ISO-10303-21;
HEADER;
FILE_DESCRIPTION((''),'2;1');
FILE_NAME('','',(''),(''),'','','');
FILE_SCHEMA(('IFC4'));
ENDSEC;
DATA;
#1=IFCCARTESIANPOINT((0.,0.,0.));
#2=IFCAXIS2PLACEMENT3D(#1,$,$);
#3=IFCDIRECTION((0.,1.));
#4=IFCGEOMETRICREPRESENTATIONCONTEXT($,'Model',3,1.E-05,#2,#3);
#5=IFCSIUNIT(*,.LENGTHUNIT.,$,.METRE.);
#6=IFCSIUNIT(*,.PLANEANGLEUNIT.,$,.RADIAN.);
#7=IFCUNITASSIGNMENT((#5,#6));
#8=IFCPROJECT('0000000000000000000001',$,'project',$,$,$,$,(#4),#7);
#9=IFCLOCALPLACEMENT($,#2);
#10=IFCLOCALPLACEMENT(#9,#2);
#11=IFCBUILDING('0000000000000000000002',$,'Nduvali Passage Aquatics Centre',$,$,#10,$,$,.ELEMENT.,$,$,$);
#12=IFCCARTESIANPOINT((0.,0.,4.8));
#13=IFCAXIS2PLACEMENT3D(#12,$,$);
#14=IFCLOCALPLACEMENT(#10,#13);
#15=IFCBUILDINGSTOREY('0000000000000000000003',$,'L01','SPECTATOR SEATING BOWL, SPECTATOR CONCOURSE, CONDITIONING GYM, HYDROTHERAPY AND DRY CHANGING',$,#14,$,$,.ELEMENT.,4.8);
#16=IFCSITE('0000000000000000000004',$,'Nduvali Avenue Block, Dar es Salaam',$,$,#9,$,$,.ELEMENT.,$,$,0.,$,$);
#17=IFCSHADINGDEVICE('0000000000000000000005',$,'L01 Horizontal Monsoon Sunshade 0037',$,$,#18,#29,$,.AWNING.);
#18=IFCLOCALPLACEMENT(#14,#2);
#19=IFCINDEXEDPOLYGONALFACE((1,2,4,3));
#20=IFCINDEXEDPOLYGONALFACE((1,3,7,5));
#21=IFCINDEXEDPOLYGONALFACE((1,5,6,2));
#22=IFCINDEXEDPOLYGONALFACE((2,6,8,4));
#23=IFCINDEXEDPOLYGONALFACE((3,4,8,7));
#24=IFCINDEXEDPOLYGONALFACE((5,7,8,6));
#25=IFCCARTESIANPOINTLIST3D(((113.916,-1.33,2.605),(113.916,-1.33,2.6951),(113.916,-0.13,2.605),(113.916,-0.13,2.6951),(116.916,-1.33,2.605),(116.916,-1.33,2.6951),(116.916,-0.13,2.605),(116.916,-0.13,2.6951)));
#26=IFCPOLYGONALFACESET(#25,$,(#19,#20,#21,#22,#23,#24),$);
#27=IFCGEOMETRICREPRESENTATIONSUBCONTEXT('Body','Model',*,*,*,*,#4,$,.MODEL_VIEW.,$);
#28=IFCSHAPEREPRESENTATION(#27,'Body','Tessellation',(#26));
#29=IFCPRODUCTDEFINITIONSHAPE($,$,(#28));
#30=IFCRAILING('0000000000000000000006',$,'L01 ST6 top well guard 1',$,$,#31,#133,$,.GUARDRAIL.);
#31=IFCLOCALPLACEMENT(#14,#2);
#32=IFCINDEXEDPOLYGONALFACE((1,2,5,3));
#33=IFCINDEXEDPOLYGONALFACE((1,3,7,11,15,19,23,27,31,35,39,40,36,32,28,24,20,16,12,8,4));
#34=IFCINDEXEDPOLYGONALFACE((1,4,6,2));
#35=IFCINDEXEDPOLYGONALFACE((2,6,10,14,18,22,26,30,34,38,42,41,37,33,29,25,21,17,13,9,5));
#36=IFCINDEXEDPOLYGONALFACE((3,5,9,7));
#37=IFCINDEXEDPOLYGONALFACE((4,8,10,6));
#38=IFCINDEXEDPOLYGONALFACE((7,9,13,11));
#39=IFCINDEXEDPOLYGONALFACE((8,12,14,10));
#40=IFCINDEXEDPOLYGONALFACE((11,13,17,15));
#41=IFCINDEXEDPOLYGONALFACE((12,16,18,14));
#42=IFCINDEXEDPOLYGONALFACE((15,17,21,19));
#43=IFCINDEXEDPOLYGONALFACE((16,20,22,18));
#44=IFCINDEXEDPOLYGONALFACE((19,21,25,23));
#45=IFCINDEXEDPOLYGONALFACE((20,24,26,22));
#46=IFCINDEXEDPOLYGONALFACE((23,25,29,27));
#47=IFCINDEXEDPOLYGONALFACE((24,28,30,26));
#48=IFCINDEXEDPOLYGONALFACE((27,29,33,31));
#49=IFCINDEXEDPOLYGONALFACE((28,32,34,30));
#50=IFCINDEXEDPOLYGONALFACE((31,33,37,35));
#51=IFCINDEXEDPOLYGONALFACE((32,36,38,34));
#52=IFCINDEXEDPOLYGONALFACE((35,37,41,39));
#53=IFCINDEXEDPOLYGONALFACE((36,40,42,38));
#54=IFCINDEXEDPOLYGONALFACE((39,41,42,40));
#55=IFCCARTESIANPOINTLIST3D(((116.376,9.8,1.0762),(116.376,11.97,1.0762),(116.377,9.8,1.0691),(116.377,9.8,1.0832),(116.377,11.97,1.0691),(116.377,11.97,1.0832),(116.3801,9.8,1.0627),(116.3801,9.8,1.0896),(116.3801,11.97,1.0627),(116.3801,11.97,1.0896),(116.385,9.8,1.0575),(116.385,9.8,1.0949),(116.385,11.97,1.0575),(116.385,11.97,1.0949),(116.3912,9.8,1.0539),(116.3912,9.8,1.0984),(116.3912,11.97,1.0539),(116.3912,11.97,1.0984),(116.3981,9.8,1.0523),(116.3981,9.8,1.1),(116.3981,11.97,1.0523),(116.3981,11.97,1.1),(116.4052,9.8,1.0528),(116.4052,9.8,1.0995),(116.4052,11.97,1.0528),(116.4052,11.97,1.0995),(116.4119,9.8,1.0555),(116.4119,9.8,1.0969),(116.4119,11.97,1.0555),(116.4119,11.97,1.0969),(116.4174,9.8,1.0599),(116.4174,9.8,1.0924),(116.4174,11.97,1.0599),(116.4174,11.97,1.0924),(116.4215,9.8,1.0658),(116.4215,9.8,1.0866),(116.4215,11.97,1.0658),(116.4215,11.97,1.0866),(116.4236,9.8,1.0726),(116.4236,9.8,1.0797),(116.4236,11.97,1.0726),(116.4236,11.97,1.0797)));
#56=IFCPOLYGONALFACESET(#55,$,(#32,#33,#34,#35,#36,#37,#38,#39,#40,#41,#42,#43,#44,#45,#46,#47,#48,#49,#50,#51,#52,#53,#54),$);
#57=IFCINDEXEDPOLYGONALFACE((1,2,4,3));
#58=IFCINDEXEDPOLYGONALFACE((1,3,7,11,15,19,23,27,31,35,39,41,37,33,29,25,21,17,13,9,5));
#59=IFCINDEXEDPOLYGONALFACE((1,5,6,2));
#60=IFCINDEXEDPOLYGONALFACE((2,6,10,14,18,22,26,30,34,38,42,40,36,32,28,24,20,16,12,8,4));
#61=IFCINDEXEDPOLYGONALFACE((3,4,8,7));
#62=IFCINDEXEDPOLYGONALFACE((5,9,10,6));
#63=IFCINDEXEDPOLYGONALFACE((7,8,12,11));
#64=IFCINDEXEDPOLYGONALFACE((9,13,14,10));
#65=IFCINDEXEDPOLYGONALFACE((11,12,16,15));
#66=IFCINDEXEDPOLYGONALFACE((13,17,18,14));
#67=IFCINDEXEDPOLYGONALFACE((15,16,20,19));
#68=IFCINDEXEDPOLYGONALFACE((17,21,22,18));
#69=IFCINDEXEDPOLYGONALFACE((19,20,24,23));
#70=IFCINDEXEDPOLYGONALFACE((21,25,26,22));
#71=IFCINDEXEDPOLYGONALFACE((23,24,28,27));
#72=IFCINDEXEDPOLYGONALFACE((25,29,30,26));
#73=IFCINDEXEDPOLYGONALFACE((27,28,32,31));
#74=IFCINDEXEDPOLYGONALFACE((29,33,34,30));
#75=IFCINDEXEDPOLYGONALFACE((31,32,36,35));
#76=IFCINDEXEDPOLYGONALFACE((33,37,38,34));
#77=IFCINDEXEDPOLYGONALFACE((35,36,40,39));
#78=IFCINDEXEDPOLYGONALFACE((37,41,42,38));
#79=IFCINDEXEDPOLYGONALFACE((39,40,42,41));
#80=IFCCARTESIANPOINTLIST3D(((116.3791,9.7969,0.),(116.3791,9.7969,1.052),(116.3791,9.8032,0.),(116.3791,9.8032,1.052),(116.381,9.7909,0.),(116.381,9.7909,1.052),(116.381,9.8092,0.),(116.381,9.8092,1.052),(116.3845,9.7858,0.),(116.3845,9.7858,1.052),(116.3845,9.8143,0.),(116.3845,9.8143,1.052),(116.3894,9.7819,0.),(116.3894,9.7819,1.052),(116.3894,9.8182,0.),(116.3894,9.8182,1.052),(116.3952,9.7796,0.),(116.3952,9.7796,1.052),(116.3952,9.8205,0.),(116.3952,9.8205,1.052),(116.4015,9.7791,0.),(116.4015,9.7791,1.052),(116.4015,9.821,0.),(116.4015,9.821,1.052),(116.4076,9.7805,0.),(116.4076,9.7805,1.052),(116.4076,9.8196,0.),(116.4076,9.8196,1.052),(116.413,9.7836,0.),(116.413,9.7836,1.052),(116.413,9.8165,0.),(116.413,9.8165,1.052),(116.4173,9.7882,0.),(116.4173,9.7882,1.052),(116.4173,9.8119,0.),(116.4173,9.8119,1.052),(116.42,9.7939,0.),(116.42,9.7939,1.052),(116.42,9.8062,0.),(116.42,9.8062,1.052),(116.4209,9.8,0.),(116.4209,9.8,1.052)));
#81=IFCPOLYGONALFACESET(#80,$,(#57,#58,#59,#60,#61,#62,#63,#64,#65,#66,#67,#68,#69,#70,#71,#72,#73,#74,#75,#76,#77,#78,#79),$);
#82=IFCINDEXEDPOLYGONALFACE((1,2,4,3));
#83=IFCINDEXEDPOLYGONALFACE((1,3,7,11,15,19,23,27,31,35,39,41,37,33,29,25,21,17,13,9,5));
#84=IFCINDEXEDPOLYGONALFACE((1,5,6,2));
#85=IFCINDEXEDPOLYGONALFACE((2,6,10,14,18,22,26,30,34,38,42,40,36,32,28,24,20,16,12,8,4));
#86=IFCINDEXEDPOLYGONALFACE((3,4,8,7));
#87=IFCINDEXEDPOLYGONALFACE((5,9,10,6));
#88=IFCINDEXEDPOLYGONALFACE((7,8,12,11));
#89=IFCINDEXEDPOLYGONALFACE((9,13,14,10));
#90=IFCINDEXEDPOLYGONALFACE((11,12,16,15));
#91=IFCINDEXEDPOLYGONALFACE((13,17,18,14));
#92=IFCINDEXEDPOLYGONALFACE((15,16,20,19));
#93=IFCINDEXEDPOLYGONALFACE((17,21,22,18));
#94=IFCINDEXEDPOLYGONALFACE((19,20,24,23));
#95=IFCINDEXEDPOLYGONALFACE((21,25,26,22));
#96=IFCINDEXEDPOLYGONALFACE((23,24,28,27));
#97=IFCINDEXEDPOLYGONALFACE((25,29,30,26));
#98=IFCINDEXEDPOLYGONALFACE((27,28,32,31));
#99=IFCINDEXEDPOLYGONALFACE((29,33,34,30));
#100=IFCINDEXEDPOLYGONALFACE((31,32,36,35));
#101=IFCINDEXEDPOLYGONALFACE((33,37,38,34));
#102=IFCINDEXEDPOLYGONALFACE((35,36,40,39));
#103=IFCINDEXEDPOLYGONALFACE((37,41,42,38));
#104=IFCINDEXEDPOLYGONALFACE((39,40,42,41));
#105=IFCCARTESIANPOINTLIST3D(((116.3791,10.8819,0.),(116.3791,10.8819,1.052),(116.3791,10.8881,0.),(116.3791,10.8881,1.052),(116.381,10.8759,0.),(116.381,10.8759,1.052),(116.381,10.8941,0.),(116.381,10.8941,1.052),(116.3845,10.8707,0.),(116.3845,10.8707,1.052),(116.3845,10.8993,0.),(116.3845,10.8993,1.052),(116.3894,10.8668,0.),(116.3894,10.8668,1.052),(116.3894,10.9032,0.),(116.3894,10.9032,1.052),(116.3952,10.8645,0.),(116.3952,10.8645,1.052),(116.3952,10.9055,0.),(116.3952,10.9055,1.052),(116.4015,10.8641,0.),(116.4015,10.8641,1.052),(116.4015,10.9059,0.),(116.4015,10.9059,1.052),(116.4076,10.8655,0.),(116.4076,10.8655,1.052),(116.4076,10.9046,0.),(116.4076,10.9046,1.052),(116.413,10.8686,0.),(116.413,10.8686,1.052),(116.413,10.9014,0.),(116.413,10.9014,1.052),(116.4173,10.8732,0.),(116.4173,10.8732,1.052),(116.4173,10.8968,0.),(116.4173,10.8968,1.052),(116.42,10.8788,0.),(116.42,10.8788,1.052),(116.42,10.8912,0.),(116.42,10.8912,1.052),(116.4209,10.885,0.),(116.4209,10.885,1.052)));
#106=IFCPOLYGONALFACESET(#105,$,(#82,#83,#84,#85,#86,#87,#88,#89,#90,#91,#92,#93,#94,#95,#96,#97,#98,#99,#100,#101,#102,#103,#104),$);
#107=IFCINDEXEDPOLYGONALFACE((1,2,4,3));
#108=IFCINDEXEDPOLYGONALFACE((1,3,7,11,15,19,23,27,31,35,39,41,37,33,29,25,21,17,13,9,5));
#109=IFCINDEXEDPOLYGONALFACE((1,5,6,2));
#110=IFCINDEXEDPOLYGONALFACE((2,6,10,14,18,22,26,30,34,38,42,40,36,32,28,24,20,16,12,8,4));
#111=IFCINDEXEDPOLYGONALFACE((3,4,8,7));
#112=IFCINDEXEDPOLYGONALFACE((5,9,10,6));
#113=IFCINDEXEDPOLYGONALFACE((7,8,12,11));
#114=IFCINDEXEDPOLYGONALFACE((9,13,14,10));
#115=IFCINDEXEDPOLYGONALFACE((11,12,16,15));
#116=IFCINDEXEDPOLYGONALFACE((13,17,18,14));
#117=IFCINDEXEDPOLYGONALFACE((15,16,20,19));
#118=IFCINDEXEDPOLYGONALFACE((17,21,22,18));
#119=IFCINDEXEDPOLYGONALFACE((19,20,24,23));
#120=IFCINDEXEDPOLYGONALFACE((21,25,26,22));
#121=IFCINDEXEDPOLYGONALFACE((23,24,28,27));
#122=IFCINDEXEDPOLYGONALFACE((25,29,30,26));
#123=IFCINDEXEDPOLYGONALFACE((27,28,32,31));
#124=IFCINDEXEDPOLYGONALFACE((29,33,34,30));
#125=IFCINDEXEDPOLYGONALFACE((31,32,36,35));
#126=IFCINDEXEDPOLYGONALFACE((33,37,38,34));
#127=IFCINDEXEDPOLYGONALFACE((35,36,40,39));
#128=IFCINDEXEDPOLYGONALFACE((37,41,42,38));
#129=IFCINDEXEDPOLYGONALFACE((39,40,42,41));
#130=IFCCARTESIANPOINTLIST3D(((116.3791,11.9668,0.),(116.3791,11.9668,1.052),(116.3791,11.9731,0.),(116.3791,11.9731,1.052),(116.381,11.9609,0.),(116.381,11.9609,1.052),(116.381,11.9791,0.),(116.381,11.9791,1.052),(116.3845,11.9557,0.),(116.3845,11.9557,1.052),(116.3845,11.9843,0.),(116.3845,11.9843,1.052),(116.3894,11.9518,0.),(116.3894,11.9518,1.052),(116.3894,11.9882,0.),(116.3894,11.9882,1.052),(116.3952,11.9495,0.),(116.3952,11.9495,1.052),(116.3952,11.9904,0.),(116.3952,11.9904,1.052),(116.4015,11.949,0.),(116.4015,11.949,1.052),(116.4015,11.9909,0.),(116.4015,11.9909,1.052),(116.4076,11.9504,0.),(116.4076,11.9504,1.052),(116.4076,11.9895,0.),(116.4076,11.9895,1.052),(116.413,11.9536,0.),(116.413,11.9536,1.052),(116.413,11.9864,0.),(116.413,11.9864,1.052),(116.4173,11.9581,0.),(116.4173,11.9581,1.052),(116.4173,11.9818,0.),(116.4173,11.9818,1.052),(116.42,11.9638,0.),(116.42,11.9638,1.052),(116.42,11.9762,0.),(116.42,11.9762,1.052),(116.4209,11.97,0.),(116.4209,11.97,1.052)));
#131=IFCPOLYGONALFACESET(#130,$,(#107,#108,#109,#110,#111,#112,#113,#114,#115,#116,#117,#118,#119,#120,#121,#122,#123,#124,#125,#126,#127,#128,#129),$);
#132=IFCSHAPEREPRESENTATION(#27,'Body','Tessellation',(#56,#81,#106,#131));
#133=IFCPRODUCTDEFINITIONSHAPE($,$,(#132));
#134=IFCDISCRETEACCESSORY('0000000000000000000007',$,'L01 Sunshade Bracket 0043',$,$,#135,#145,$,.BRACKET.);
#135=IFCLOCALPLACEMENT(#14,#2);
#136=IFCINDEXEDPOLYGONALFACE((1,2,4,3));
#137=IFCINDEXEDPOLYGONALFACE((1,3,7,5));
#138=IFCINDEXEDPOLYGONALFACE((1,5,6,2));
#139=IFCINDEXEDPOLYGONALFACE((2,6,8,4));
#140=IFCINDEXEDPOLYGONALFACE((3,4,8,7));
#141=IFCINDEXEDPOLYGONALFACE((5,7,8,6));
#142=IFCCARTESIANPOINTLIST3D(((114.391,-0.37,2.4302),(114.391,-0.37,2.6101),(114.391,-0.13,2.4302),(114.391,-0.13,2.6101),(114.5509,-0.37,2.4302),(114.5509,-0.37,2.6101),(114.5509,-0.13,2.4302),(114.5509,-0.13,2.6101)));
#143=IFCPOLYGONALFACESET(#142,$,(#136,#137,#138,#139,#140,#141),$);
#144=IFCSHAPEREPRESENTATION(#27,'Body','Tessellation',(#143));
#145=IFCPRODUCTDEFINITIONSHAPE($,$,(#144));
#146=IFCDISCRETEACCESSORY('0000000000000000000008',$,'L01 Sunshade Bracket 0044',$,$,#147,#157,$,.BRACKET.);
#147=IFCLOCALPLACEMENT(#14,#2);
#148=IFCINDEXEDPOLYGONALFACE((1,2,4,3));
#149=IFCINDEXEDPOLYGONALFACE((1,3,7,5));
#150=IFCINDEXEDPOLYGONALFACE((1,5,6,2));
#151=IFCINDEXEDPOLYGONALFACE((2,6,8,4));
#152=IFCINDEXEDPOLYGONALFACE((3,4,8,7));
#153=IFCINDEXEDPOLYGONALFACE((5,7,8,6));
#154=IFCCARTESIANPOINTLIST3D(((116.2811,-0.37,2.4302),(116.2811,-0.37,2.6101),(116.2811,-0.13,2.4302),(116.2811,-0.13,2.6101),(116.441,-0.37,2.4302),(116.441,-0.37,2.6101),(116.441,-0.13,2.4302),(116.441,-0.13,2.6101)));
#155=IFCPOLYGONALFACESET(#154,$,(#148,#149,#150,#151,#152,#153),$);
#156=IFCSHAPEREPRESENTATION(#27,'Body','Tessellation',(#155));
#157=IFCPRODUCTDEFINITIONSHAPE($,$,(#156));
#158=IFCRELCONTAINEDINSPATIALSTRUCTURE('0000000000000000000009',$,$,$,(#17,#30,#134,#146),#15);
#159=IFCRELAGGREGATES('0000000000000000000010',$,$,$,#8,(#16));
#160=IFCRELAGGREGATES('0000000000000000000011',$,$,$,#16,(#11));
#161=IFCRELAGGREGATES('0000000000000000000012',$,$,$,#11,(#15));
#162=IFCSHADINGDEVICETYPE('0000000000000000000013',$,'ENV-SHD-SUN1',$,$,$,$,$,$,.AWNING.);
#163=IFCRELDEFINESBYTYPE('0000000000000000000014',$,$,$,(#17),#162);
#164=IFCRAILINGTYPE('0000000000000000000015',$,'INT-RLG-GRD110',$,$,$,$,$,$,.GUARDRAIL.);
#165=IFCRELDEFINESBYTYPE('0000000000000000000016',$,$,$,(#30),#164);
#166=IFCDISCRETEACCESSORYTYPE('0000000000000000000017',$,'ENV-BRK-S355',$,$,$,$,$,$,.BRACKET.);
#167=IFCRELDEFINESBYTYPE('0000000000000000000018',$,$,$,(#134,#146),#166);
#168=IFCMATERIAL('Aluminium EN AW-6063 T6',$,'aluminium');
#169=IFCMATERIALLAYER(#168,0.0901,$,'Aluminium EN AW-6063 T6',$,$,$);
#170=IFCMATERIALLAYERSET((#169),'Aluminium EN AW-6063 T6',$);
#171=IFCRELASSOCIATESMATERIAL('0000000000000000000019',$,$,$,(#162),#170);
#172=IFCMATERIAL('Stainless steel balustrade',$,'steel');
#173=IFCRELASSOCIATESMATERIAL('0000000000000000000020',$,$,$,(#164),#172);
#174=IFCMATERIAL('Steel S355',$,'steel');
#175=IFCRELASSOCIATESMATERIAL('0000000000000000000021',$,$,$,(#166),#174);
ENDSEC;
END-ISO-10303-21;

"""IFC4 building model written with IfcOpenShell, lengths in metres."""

from ifc_helpers import new_model, si_unit, direction, frame, origin, origin_2d, place, context, subcontext, project, spatial, rectangle, circle, extrude, material, layer, layer_set, type_object, element, save


model = new_model("IFC4")

# Units and contexts
model_context = context("Model", 3, precision=1e-05, world=origin(), true_north=direction((0.0, 1.0)))
body_context = subcontext(model_context, "Body", "Model", "MODEL_VIEW")
ifc_project = project(units=[si_unit("LENGTHUNIT", "METRE"), si_unit("PLANEANGLEUNIT", "RADIAN")], contexts=[model_context])

# Site, building, storey
site_placement = place(None, origin())
site = spatial("IfcSite", under=ifc_project, at=site_placement, Name="Nduvali Avenue Block, Dar es Salaam", CompositionType="ELEMENT", RefElevation=0.0)
building_placement = place(site_placement, origin())
building = spatial("IfcBuilding", under=site, at=building_placement, Name="Nduvali Passage Aquatics Centre", CompositionType="ELEMENT")
storey_placement = place(building_placement, frame((0.0, 0.0, 4.8)))
storey = spatial("IfcBuildingStorey", under=building, at=storey_placement, Name="L01", Description="SPECTATOR SEATING BOWL, SPECTATOR CONCOURSE, CONDITIONING GYM, HYDROTHERAPY AND DRY CHANGING", CompositionType="ELEMENT", Elevation=4.8)

# Shared definitions
ifc_material_1 = material(Name="Steel S355", Category="steel")

# Shading device
ifc_material_2 = material(Name="Aluminium EN AW-6063 T6", Category="aluminium")
ifc_layer_1 = layer(ifc_material_2, 0.0901, Name="Aluminium EN AW-6063 T6")
ifc_layer_set_1 = layer_set([ifc_layer_1], Name="Aluminium EN AW-6063 T6")
shading_device_type_1 = type_object("IfcShadingDeviceType", Name="ENV-SHD-SUN1", PredefinedType="AWNING", material=ifc_layer_set_1)
shading_device_1_placement = place(storey_placement, frame((115.416, -0.73, 2.605), z_axis=(0.0, 0.0, 1.0), x_axis=(1.0, 0.0, 0.0)))
element("IfcShadingDevice", 1, at=shading_device_1_placement, inside=storey, type_object=shading_device_type_1, Name="L01 Horizontal Monsoon Sunshade 0037", PredefinedType="AWNING", context=body_context, shape_type="SweptSolid", body=[
    extrude(rectangle(XDim=3.0, YDim=1.2, at=origin_2d()), origin(), (0.0, 0.0, 1.0), 0.0901),
])

# Railing
ifc_material_3 = material(Name="Stainless steel balustrade", Category="steel")
railing_type = type_object("IfcRailingType", Name="INT-RLG-GRD110", PredefinedType="GUARDRAIL", material=ifc_material_3)
railing_placement = place(storey_placement, frame((116.3999, 9.8, 0.0)))
element("IfcRailing", 2, at=railing_placement, inside=storey, type_object=railing_type, Name="L01 ST6 top well guard 1", PredefinedType="GUARDRAIL", context=body_context, shape_type="SweptSolid", body=[
    extrude(circle(Radius=0.0239, at=origin_2d()), frame((0.0, 0.0, 1.0762), z_axis=(0.0, 1.0, 0.0), x_axis=(-1.0, 0.0, 0.0)), (0.0, 0.0, 1.0), 2.1699),
    extrude(circle(Radius=0.021, at=origin_2d()), origin(), (0.0, 0.0, 1.0), 1.052),
    extrude(circle(Radius=0.021, at=origin_2d()), frame((0.0, 1.085, 0.0)), (0.0, 0.0, 1.0), 1.052),
    extrude(circle(Radius=0.021, at=origin_2d()), frame((0.0, 2.1699, 0.0)), (0.0, 0.0, 1.0), 1.052),
])

# Discrete accessories
discrete_accessory_type = type_object("IfcDiscreteAccessoryType", Name="ENV-BRK-S355", PredefinedType="BRACKET", material=ifc_material_1)
for number, where, z_axis, x_axis, name in (
    (3, (114.4709, -0.25, 2.4302), (0.0, 0.0, 1.0), (1.0, 0.0, 0.0), "L01 Sunshade Bracket 0043"),
    (4, (116.3611, -0.25, 2.4302), (0.0, 0.0, 1.0), (1.0, 0.0, 0.0), "L01 Sunshade Bracket 0044"),
):
    element("IfcDiscreteAccessory", number, at=place(storey_placement, frame(where, z_axis=z_axis, x_axis=x_axis)), inside=storey, type_object=discrete_accessory_type, Name=name, PredefinedType="BRACKET", context=body_context, shape_type="SweptSolid", body=[
        extrude(rectangle(XDim=0.1599, YDim=0.24, at=origin_2d()), origin(), (0.0, 0.0, 1.0), 0.1799),
    ])

save(model, "model.ifc")
